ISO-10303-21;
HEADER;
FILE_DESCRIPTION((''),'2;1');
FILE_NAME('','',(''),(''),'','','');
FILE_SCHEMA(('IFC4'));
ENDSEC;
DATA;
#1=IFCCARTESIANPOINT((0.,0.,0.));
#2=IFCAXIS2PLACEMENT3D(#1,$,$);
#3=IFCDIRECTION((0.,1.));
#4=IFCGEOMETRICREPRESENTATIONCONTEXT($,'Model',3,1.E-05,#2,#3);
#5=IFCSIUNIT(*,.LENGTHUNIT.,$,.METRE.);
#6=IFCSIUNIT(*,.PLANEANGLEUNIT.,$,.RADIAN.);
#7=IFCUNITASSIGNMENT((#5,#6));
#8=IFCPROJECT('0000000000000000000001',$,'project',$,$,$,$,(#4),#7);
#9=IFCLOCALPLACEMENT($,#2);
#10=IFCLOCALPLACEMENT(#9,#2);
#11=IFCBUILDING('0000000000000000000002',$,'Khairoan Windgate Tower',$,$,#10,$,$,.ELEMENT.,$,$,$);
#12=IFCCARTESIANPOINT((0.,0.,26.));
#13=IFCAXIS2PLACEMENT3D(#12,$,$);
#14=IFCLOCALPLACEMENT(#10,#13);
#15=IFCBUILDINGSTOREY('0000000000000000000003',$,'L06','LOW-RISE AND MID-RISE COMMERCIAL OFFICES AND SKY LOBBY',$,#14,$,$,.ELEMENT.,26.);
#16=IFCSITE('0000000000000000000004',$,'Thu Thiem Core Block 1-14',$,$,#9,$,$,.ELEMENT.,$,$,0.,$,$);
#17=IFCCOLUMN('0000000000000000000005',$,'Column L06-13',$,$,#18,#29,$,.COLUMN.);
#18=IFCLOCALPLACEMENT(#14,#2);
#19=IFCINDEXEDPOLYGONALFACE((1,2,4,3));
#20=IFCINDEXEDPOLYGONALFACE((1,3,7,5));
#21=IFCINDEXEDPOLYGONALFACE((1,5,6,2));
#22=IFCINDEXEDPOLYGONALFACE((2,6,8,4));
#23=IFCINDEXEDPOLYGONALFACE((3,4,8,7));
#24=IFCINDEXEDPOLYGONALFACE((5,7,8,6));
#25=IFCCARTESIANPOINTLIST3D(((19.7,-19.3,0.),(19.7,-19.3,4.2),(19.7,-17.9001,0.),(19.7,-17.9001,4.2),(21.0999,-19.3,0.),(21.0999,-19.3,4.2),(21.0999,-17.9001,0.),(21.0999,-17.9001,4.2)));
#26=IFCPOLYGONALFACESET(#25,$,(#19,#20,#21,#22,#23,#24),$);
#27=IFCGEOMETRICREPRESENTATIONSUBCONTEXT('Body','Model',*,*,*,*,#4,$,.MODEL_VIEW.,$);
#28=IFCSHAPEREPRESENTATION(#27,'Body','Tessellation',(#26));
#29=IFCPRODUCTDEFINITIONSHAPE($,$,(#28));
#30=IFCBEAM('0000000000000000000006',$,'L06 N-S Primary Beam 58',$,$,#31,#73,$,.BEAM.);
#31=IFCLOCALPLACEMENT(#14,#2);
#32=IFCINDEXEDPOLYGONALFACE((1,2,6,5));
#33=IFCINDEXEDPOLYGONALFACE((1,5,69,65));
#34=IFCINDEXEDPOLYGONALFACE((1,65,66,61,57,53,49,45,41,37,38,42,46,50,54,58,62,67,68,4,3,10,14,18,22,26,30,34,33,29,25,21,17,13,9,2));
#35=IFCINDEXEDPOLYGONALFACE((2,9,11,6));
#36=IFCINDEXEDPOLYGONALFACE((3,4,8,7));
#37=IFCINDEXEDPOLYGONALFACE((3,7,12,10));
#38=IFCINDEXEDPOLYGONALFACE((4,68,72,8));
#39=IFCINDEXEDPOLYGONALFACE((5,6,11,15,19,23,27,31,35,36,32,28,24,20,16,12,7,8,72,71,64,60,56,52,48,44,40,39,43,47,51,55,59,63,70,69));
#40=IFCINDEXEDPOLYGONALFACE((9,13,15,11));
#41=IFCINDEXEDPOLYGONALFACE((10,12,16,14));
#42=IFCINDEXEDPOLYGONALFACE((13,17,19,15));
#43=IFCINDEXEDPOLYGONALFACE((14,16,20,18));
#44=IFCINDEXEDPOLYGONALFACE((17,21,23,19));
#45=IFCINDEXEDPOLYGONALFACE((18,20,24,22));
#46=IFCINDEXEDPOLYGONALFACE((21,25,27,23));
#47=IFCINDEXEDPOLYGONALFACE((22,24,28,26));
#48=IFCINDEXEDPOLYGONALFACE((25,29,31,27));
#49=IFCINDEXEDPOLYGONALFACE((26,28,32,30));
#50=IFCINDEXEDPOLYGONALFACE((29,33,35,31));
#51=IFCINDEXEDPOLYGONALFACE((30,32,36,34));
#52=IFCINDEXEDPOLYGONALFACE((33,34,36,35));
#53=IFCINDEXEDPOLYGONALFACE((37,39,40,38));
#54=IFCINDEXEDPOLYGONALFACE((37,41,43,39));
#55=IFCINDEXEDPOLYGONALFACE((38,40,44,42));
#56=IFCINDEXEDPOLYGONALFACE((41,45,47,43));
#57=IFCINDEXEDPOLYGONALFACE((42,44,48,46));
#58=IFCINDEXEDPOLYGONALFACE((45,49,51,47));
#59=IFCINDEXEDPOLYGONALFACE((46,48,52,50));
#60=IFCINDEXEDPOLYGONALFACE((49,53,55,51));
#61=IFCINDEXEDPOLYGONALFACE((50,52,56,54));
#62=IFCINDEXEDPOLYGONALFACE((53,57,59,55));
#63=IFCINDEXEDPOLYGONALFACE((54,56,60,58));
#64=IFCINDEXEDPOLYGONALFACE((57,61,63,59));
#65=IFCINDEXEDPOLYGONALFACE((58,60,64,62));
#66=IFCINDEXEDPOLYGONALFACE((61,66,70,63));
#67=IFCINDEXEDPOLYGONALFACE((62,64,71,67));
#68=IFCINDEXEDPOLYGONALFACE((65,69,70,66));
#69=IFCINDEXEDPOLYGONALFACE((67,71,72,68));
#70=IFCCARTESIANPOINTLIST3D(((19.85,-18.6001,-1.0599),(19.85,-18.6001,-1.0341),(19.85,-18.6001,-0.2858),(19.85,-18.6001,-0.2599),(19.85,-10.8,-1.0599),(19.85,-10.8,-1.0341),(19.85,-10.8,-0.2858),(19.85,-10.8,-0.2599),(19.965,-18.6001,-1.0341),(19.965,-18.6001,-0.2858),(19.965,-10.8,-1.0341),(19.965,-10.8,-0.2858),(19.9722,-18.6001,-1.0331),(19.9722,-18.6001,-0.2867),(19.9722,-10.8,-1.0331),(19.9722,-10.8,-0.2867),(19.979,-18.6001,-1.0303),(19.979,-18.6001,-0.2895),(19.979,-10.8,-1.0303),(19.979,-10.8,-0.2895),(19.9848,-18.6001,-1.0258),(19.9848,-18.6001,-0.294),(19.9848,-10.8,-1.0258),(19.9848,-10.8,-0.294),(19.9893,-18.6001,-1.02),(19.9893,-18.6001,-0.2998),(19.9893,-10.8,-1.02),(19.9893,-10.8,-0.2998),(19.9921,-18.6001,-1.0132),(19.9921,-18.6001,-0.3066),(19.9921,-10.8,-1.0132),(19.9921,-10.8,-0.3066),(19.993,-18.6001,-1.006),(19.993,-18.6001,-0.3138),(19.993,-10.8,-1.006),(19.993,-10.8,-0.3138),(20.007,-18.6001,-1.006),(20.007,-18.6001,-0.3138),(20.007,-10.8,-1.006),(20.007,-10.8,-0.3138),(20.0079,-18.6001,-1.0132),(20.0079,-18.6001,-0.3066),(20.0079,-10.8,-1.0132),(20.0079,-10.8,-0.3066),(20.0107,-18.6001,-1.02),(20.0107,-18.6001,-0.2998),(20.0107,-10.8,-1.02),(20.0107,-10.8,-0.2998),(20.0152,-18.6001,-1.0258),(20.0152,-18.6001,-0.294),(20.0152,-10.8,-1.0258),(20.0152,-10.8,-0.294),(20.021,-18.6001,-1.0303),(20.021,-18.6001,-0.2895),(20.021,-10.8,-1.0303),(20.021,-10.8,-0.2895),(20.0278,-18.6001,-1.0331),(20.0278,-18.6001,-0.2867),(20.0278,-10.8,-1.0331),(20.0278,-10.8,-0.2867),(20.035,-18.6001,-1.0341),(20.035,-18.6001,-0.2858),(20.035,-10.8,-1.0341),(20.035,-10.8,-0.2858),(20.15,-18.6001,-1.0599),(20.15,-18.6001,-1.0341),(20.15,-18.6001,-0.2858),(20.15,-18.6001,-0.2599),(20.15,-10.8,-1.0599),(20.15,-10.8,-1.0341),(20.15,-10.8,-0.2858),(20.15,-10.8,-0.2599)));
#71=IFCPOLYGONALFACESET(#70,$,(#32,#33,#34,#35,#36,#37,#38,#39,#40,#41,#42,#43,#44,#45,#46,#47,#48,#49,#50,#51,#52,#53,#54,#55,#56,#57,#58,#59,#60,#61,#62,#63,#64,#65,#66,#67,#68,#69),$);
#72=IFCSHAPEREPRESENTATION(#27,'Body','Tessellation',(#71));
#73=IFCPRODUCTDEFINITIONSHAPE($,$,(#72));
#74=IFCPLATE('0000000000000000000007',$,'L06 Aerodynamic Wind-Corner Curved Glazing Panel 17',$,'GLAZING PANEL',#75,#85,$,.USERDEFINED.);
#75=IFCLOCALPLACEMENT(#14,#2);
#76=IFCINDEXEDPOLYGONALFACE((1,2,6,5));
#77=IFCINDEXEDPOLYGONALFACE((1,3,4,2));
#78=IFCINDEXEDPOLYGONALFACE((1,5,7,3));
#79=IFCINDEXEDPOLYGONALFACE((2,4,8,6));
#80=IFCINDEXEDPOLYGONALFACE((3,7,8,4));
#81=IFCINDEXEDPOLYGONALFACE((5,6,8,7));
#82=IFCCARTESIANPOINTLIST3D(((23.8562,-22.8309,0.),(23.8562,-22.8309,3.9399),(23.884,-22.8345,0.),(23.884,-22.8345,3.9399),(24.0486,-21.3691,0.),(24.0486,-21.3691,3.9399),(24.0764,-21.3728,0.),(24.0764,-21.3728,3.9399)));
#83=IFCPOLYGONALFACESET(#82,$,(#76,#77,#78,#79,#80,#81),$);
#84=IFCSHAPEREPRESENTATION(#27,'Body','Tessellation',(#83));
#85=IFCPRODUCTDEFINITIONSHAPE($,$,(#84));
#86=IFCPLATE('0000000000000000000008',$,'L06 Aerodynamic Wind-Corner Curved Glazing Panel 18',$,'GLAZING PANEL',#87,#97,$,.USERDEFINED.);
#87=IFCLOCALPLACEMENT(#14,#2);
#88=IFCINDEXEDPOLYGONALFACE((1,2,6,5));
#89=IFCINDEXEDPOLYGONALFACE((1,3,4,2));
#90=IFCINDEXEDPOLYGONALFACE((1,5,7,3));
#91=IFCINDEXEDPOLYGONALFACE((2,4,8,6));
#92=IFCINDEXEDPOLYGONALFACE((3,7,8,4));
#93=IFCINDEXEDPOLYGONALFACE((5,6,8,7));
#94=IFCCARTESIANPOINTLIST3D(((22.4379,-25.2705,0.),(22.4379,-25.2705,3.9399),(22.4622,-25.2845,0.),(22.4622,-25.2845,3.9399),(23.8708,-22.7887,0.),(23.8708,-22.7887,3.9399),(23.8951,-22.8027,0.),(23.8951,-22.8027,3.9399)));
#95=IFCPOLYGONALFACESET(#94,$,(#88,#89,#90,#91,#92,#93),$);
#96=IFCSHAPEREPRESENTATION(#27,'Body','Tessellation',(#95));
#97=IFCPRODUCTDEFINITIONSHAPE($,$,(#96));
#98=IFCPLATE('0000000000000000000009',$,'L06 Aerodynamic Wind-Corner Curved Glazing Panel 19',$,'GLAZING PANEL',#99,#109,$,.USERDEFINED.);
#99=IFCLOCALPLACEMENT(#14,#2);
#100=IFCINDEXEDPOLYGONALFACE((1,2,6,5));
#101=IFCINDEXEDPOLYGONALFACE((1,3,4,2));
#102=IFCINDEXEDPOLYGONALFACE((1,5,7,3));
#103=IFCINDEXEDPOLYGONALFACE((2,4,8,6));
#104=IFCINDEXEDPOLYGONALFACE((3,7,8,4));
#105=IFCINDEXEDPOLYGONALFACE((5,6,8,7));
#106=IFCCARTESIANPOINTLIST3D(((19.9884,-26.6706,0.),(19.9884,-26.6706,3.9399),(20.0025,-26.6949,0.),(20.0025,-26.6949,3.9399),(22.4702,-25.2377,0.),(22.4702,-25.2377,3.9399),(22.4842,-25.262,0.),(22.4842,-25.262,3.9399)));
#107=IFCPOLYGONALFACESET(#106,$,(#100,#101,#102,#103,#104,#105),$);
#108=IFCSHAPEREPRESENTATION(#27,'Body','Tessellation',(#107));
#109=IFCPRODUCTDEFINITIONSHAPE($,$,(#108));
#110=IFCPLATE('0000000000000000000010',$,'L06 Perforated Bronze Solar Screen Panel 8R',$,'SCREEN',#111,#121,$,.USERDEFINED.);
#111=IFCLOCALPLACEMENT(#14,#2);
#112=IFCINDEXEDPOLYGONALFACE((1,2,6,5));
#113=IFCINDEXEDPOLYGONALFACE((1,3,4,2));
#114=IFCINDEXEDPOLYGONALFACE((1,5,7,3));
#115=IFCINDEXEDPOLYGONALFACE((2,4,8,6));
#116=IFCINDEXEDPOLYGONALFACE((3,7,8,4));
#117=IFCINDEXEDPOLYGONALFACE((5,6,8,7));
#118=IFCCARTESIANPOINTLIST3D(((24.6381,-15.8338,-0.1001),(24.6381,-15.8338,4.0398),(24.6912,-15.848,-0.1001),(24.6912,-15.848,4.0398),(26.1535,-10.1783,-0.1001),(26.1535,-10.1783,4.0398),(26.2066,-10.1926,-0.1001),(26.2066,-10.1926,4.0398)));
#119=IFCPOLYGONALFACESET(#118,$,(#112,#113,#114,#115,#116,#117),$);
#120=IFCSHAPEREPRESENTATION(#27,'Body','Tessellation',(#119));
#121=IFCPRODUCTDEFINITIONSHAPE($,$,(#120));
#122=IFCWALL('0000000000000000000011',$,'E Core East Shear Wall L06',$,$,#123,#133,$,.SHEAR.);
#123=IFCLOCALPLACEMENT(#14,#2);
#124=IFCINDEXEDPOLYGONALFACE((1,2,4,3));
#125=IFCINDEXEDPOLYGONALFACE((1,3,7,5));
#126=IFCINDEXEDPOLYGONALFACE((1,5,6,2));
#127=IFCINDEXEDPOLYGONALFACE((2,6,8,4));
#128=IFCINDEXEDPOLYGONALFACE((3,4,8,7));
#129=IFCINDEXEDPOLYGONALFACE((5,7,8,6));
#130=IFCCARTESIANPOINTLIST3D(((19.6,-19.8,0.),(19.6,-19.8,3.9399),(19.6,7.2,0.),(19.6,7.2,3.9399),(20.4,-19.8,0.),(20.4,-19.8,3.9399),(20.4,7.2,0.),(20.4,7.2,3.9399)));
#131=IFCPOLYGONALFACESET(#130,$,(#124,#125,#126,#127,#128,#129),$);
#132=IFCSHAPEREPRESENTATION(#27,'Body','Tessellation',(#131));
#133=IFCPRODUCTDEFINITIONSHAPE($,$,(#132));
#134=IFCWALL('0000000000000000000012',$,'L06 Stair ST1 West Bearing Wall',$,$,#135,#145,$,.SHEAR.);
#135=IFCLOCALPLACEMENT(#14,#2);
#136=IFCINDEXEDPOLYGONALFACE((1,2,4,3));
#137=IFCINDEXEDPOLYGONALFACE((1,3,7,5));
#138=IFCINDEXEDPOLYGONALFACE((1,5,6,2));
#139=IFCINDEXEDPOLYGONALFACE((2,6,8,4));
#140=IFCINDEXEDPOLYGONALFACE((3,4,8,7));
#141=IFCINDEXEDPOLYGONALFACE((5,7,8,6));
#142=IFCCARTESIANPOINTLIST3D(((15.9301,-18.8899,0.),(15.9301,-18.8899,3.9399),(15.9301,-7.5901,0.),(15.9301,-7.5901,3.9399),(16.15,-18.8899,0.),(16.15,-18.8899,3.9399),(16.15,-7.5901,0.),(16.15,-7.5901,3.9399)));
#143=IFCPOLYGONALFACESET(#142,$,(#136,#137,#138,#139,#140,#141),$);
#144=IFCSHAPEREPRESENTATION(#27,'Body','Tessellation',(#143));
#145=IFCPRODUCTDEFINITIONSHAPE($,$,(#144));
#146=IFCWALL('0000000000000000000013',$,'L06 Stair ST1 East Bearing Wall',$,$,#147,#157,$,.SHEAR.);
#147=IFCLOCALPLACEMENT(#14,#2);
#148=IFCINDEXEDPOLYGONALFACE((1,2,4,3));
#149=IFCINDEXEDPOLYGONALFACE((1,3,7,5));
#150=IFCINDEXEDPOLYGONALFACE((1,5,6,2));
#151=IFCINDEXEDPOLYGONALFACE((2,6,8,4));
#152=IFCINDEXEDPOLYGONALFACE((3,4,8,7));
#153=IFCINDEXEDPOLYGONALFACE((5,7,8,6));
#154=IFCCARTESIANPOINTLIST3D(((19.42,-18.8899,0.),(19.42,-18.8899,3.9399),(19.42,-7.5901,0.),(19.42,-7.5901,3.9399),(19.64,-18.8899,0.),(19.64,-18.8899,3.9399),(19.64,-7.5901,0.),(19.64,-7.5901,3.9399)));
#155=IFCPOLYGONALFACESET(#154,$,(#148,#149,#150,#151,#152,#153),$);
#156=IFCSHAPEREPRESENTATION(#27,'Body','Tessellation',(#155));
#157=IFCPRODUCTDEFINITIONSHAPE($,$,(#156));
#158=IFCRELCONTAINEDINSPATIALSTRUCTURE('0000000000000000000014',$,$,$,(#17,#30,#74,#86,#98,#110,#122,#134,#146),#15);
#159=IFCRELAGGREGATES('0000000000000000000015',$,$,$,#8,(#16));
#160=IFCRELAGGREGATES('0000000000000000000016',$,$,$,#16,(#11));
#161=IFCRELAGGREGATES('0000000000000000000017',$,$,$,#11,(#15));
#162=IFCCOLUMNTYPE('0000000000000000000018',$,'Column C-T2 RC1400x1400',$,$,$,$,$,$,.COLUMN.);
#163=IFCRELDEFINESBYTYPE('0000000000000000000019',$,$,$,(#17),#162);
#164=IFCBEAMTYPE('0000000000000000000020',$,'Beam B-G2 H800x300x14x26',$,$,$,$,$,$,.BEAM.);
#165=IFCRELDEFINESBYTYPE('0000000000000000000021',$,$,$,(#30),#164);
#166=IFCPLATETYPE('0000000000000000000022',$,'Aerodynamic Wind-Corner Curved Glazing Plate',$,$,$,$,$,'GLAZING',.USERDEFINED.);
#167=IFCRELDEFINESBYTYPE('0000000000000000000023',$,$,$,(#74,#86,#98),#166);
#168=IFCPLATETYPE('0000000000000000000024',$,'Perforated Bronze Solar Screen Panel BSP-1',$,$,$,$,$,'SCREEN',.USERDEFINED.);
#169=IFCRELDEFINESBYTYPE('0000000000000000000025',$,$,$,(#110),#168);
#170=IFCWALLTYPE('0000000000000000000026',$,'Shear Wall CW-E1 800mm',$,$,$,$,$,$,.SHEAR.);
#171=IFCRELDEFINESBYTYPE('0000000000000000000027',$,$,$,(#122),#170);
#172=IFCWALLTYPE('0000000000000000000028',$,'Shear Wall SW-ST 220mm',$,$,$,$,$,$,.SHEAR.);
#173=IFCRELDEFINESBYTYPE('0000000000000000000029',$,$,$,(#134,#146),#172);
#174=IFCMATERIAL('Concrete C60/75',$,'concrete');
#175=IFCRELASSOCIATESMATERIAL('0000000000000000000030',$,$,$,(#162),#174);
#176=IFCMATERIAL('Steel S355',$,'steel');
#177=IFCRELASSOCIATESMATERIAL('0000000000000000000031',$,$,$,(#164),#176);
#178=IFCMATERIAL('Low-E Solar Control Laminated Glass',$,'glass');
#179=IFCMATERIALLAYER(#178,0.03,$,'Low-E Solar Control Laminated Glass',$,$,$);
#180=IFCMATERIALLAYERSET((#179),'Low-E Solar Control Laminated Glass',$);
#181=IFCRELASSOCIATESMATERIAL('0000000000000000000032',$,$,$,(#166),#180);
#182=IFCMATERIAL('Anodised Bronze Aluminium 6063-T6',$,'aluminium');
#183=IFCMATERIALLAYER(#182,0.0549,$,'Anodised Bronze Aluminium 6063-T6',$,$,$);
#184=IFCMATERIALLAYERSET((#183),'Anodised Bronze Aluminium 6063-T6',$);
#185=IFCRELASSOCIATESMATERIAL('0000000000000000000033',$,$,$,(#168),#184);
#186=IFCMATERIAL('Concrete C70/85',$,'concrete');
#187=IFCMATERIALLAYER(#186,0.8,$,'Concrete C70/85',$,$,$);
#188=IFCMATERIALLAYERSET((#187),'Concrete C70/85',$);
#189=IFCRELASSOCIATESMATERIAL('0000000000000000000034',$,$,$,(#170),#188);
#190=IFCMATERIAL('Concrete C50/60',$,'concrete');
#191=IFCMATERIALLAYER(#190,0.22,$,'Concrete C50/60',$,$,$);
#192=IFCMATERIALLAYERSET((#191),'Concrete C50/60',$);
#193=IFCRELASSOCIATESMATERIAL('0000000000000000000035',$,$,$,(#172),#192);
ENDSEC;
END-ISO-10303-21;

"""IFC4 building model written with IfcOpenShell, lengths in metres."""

from ifc_helpers import new_model, si_unit, direction, frame, frame_2d, origin, origin_2d, place, context, subcontext, project, spatial, rectangle, i_section, extrude, material, layer, layer_set, material_profile, profile_set, type_object, element, save


model = new_model("IFC4")

# Units and contexts
model_context = context("Model", 3, precision=1e-05, world=origin(), true_north=direction((0.0, 1.0)))
body_context = subcontext(model_context, "Body", "Model", "MODEL_VIEW")
ifc_project = project(units=[si_unit("LENGTHUNIT", "METRE"), si_unit("PLANEANGLEUNIT", "RADIAN")], contexts=[model_context])

# Site, building, storey
site_placement = place(None, origin())
site = spatial("IfcSite", under=ifc_project, at=site_placement, Name="Thu Thiem Core Block 1-14", CompositionType="ELEMENT", RefElevation=0.0)
building_placement = place(site_placement, origin())
building = spatial("IfcBuilding", under=site, at=building_placement, Name="Khairoan Windgate Tower", CompositionType="ELEMENT")
storey_placement = place(building_placement, frame((0.0, 0.0, 26.0)))
storey = spatial("IfcBuildingStorey", under=building, at=storey_placement, Name="L06", Description="LOW-RISE AND MID-RISE COMMERCIAL OFFICES AND SKY LOBBY", CompositionType="ELEMENT", Elevation=26.0)

# Column
ifc_material_1 = material(Name="Concrete C60/75", Category="concrete")
ifc_material_profile_1 = material_profile(ifc_material_1, rectangle(XDim=1.3999, YDim=1.3999, at=origin_2d()))
ifc_profile_set_1 = profile_set([ifc_material_profile_1], Name="Concrete C60/75")
column_type = type_object("IfcColumnType", Name="Column C-T2 RC1400x1400", PredefinedType="COLUMN", material=ifc_profile_set_1)
column_placement = place(storey_placement, frame((20.3999, -18.6001, 0.0), z_axis=(0.0, 0.0, 1.0), x_axis=(1.0, 0.0, 0.0)))
element("IfcColumn", 1, at=column_placement, inside=storey, type_object=column_type, Name="Column L06-13", PredefinedType="COLUMN", context=body_context, shape_type="SweptSolid", body=[
    extrude(rectangle(XDim=1.3999, YDim=1.3999, at=origin_2d()), origin(), (0.0, 0.0, 1.0), 4.2),
])

# Beam
ifc_material_2 = material(Name="Steel S355", Category="steel")
ifc_material_profile_2 = material_profile(ifc_material_2, i_section(OverallWidth=0.3, OverallDepth=0.8, WebThickness=0.0139, FlangeThickness=0.0259, FilletRadius=0.0281, at=origin_2d()))
ifc_profile_set_2 = profile_set([ifc_material_profile_2], Name="Steel S355")
beam_type = type_object("IfcBeamType", Name="Beam B-G2 H800x300x14x26", PredefinedType="BEAM", material=ifc_profile_set_2)
beam_placement = place(storey_placement, frame((20.0, -18.6001, -0.6599), z_axis=(0.0, 1.0, 0.0), x_axis=(-1.0, 0.0, 0.0)))
element("IfcBeam", 2, at=beam_placement, inside=storey, type_object=beam_type, Name="L06 N-S Primary Beam 58", PredefinedType="BEAM", context=body_context, shape_type="SweptSolid", body=[
    extrude(i_section(OverallWidth=0.3, OverallDepth=0.8, WebThickness=0.0139, FlangeThickness=0.0259, FilletRadius=0.0281, at=origin_2d()), origin(), (0.0, 0.0, 1.0), 7.8),
])

# Plates
ifc_material_3 = material(Name="Low-E Solar Control Laminated Glass", Category="glass")
ifc_layer_1 = layer(ifc_material_3, 0.03, Name="Low-E Solar Control Laminated Glass")
ifc_layer_set_1 = layer_set([ifc_layer_1], Name="Low-E Solar Control Laminated Glass")
plate_type_1 = type_object("IfcPlateType", Name="Aerodynamic Wind-Corner Curved Glazing Plate", ElementType="GLAZING", PredefinedType="USERDEFINED", material=ifc_layer_set_1)
plate_1_placement = place(storey_placement, frame((23.9663, -22.1018, 0.0), z_axis=(0.0, 0.0, 1.0), x_axis=(-0.130526, -0.991445, 0.0)))
element("IfcPlate", 3, at=plate_1_placement, inside=storey, type_object=plate_type_1, Name="L06 Aerodynamic Wind-Corner Curved Glazing Panel 17", ObjectType="GLAZING PANEL", PredefinedType="USERDEFINED", context=body_context, shape_type="SweptSolid", body=[
    extrude(rectangle(XDim=1.4744, YDim=0.0281, at=origin_2d()), origin(), (0.0, 0.0, 1.0), 3.9399),
])
for number, where, z_axis, x_axis, name in (
    (4, (23.1665, -24.0366, 0.0), (0.0, 0.0, 1.0), (-0.5, -0.866025, 0.0), "L06 Aerodynamic Wind-Corner Curved Glazing Panel 18"),
    (5, (21.2363, -25.9663, 0.0), (0.0, 0.0, 1.0), (-0.866025, -0.5, 0.0), "L06 Aerodynamic Wind-Corner Curved Glazing Panel 19"),
):
    element("IfcPlate", number, at=place(storey_placement, frame(where, z_axis=z_axis, x_axis=x_axis)), inside=storey, type_object=plate_type_1, Name=name, ObjectType="GLAZING PANEL", PredefinedType="USERDEFINED", context=body_context, shape_type="SweptSolid", body=[
        extrude(rectangle(XDim=2.8657, YDim=0.0281, at=origin_2d()), origin(), (0.0, 0.0, 1.0), 3.9399),
    ])

# Plate
ifc_material_4 = material(Name="Anodised Bronze Aluminium 6063-T6", Category="aluminium")
ifc_layer_2 = layer(ifc_material_4, 0.0549, Name="Anodised Bronze Aluminium 6063-T6")
ifc_layer_set_2 = layer_set([ifc_layer_2], Name="Anodised Bronze Aluminium 6063-T6")
plate_type_2 = type_object("IfcPlateType", Name="Perforated Bronze Solar Screen Panel BSP-1", ElementType="SCREEN", PredefinedType="USERDEFINED", material=ifc_layer_set_2)
plate_2_placement = place(storey_placement, frame((25.4224, -13.0132, -0.1001), z_axis=(0.0, 0.0, 1.0), x_axis=(-0.258819, -0.965926, 0.0)))
element("IfcPlate", 6, at=plate_2_placement, inside=storey, type_object=plate_type_2, Name="L06 Perforated Bronze Solar Screen Panel 8R", ObjectType="SCREEN", PredefinedType="USERDEFINED", context=body_context, shape_type="SweptSolid", body=[
    extrude(rectangle(XDim=5.855, YDim=0.0549, at=origin_2d()), origin(), (0.0, 0.0, 1.0), 4.1399),
])

# Walls
ifc_material_5 = material(Name="Concrete C70/85", Category="concrete")
ifc_layer_3 = layer(ifc_material_5, 0.8, Name="Concrete C70/85")
ifc_layer_set_3 = layer_set([ifc_layer_3], Name="Concrete C70/85")
wall_type_1 = type_object("IfcWallType", Name="Shear Wall CW-E1 800mm", PredefinedType="SHEAR", material=ifc_layer_set_3)
wall_placement = place(storey_placement, frame((20.0, -19.8, 0.0), z_axis=(0.0, 0.0, 1.0), x_axis=(0.0, 1.0, 0.0)))
element("IfcWall", 7, at=wall_placement, inside=storey, type_object=wall_type_1, Name="E Core East Shear Wall L06", PredefinedType="SHEAR", context=body_context, shape_type="SweptSolid", body=[
    extrude(rectangle(XDim=27.0, YDim=0.8, at=frame_2d((13.5, 0.0))), origin(), (0.0, 0.0, 1.0), 3.9399),
])
ifc_material_6 = material(Name="Concrete C50/60", Category="concrete")
ifc_layer_4 = layer(ifc_material_6, 0.22, Name="Concrete C50/60")
ifc_layer_set_4 = layer_set([ifc_layer_4], Name="Concrete C50/60")
wall_type_2 = type_object("IfcWallType", Name="Shear Wall SW-ST 220mm", PredefinedType="SHEAR", material=ifc_layer_set_4)
for number, where, z_axis, x_axis, name in (
    (8, (16.04, -18.8899, 0.0), (0.0, 0.0, 1.0), (0.0, 1.0, 0.0), "L06 Stair ST1 West Bearing Wall"),
    (9, (19.53, -18.8899, 0.0), (0.0, 0.0, 1.0), (0.0, 1.0, 0.0), "L06 Stair ST1 East Bearing Wall"),
):
    element("IfcWall", number, at=place(storey_placement, frame(where, z_axis=z_axis, x_axis=x_axis)), inside=storey, type_object=wall_type_2, Name=name, PredefinedType="SHEAR", context=body_context, shape_type="SweptSolid", body=[
        extrude(rectangle(XDim=11.2998, YDim=0.22, at=frame_2d((5.6499, 0.0))), origin(), (0.0, 0.0, 1.0), 3.9399),
    ])

save(model, "model.ifc")
